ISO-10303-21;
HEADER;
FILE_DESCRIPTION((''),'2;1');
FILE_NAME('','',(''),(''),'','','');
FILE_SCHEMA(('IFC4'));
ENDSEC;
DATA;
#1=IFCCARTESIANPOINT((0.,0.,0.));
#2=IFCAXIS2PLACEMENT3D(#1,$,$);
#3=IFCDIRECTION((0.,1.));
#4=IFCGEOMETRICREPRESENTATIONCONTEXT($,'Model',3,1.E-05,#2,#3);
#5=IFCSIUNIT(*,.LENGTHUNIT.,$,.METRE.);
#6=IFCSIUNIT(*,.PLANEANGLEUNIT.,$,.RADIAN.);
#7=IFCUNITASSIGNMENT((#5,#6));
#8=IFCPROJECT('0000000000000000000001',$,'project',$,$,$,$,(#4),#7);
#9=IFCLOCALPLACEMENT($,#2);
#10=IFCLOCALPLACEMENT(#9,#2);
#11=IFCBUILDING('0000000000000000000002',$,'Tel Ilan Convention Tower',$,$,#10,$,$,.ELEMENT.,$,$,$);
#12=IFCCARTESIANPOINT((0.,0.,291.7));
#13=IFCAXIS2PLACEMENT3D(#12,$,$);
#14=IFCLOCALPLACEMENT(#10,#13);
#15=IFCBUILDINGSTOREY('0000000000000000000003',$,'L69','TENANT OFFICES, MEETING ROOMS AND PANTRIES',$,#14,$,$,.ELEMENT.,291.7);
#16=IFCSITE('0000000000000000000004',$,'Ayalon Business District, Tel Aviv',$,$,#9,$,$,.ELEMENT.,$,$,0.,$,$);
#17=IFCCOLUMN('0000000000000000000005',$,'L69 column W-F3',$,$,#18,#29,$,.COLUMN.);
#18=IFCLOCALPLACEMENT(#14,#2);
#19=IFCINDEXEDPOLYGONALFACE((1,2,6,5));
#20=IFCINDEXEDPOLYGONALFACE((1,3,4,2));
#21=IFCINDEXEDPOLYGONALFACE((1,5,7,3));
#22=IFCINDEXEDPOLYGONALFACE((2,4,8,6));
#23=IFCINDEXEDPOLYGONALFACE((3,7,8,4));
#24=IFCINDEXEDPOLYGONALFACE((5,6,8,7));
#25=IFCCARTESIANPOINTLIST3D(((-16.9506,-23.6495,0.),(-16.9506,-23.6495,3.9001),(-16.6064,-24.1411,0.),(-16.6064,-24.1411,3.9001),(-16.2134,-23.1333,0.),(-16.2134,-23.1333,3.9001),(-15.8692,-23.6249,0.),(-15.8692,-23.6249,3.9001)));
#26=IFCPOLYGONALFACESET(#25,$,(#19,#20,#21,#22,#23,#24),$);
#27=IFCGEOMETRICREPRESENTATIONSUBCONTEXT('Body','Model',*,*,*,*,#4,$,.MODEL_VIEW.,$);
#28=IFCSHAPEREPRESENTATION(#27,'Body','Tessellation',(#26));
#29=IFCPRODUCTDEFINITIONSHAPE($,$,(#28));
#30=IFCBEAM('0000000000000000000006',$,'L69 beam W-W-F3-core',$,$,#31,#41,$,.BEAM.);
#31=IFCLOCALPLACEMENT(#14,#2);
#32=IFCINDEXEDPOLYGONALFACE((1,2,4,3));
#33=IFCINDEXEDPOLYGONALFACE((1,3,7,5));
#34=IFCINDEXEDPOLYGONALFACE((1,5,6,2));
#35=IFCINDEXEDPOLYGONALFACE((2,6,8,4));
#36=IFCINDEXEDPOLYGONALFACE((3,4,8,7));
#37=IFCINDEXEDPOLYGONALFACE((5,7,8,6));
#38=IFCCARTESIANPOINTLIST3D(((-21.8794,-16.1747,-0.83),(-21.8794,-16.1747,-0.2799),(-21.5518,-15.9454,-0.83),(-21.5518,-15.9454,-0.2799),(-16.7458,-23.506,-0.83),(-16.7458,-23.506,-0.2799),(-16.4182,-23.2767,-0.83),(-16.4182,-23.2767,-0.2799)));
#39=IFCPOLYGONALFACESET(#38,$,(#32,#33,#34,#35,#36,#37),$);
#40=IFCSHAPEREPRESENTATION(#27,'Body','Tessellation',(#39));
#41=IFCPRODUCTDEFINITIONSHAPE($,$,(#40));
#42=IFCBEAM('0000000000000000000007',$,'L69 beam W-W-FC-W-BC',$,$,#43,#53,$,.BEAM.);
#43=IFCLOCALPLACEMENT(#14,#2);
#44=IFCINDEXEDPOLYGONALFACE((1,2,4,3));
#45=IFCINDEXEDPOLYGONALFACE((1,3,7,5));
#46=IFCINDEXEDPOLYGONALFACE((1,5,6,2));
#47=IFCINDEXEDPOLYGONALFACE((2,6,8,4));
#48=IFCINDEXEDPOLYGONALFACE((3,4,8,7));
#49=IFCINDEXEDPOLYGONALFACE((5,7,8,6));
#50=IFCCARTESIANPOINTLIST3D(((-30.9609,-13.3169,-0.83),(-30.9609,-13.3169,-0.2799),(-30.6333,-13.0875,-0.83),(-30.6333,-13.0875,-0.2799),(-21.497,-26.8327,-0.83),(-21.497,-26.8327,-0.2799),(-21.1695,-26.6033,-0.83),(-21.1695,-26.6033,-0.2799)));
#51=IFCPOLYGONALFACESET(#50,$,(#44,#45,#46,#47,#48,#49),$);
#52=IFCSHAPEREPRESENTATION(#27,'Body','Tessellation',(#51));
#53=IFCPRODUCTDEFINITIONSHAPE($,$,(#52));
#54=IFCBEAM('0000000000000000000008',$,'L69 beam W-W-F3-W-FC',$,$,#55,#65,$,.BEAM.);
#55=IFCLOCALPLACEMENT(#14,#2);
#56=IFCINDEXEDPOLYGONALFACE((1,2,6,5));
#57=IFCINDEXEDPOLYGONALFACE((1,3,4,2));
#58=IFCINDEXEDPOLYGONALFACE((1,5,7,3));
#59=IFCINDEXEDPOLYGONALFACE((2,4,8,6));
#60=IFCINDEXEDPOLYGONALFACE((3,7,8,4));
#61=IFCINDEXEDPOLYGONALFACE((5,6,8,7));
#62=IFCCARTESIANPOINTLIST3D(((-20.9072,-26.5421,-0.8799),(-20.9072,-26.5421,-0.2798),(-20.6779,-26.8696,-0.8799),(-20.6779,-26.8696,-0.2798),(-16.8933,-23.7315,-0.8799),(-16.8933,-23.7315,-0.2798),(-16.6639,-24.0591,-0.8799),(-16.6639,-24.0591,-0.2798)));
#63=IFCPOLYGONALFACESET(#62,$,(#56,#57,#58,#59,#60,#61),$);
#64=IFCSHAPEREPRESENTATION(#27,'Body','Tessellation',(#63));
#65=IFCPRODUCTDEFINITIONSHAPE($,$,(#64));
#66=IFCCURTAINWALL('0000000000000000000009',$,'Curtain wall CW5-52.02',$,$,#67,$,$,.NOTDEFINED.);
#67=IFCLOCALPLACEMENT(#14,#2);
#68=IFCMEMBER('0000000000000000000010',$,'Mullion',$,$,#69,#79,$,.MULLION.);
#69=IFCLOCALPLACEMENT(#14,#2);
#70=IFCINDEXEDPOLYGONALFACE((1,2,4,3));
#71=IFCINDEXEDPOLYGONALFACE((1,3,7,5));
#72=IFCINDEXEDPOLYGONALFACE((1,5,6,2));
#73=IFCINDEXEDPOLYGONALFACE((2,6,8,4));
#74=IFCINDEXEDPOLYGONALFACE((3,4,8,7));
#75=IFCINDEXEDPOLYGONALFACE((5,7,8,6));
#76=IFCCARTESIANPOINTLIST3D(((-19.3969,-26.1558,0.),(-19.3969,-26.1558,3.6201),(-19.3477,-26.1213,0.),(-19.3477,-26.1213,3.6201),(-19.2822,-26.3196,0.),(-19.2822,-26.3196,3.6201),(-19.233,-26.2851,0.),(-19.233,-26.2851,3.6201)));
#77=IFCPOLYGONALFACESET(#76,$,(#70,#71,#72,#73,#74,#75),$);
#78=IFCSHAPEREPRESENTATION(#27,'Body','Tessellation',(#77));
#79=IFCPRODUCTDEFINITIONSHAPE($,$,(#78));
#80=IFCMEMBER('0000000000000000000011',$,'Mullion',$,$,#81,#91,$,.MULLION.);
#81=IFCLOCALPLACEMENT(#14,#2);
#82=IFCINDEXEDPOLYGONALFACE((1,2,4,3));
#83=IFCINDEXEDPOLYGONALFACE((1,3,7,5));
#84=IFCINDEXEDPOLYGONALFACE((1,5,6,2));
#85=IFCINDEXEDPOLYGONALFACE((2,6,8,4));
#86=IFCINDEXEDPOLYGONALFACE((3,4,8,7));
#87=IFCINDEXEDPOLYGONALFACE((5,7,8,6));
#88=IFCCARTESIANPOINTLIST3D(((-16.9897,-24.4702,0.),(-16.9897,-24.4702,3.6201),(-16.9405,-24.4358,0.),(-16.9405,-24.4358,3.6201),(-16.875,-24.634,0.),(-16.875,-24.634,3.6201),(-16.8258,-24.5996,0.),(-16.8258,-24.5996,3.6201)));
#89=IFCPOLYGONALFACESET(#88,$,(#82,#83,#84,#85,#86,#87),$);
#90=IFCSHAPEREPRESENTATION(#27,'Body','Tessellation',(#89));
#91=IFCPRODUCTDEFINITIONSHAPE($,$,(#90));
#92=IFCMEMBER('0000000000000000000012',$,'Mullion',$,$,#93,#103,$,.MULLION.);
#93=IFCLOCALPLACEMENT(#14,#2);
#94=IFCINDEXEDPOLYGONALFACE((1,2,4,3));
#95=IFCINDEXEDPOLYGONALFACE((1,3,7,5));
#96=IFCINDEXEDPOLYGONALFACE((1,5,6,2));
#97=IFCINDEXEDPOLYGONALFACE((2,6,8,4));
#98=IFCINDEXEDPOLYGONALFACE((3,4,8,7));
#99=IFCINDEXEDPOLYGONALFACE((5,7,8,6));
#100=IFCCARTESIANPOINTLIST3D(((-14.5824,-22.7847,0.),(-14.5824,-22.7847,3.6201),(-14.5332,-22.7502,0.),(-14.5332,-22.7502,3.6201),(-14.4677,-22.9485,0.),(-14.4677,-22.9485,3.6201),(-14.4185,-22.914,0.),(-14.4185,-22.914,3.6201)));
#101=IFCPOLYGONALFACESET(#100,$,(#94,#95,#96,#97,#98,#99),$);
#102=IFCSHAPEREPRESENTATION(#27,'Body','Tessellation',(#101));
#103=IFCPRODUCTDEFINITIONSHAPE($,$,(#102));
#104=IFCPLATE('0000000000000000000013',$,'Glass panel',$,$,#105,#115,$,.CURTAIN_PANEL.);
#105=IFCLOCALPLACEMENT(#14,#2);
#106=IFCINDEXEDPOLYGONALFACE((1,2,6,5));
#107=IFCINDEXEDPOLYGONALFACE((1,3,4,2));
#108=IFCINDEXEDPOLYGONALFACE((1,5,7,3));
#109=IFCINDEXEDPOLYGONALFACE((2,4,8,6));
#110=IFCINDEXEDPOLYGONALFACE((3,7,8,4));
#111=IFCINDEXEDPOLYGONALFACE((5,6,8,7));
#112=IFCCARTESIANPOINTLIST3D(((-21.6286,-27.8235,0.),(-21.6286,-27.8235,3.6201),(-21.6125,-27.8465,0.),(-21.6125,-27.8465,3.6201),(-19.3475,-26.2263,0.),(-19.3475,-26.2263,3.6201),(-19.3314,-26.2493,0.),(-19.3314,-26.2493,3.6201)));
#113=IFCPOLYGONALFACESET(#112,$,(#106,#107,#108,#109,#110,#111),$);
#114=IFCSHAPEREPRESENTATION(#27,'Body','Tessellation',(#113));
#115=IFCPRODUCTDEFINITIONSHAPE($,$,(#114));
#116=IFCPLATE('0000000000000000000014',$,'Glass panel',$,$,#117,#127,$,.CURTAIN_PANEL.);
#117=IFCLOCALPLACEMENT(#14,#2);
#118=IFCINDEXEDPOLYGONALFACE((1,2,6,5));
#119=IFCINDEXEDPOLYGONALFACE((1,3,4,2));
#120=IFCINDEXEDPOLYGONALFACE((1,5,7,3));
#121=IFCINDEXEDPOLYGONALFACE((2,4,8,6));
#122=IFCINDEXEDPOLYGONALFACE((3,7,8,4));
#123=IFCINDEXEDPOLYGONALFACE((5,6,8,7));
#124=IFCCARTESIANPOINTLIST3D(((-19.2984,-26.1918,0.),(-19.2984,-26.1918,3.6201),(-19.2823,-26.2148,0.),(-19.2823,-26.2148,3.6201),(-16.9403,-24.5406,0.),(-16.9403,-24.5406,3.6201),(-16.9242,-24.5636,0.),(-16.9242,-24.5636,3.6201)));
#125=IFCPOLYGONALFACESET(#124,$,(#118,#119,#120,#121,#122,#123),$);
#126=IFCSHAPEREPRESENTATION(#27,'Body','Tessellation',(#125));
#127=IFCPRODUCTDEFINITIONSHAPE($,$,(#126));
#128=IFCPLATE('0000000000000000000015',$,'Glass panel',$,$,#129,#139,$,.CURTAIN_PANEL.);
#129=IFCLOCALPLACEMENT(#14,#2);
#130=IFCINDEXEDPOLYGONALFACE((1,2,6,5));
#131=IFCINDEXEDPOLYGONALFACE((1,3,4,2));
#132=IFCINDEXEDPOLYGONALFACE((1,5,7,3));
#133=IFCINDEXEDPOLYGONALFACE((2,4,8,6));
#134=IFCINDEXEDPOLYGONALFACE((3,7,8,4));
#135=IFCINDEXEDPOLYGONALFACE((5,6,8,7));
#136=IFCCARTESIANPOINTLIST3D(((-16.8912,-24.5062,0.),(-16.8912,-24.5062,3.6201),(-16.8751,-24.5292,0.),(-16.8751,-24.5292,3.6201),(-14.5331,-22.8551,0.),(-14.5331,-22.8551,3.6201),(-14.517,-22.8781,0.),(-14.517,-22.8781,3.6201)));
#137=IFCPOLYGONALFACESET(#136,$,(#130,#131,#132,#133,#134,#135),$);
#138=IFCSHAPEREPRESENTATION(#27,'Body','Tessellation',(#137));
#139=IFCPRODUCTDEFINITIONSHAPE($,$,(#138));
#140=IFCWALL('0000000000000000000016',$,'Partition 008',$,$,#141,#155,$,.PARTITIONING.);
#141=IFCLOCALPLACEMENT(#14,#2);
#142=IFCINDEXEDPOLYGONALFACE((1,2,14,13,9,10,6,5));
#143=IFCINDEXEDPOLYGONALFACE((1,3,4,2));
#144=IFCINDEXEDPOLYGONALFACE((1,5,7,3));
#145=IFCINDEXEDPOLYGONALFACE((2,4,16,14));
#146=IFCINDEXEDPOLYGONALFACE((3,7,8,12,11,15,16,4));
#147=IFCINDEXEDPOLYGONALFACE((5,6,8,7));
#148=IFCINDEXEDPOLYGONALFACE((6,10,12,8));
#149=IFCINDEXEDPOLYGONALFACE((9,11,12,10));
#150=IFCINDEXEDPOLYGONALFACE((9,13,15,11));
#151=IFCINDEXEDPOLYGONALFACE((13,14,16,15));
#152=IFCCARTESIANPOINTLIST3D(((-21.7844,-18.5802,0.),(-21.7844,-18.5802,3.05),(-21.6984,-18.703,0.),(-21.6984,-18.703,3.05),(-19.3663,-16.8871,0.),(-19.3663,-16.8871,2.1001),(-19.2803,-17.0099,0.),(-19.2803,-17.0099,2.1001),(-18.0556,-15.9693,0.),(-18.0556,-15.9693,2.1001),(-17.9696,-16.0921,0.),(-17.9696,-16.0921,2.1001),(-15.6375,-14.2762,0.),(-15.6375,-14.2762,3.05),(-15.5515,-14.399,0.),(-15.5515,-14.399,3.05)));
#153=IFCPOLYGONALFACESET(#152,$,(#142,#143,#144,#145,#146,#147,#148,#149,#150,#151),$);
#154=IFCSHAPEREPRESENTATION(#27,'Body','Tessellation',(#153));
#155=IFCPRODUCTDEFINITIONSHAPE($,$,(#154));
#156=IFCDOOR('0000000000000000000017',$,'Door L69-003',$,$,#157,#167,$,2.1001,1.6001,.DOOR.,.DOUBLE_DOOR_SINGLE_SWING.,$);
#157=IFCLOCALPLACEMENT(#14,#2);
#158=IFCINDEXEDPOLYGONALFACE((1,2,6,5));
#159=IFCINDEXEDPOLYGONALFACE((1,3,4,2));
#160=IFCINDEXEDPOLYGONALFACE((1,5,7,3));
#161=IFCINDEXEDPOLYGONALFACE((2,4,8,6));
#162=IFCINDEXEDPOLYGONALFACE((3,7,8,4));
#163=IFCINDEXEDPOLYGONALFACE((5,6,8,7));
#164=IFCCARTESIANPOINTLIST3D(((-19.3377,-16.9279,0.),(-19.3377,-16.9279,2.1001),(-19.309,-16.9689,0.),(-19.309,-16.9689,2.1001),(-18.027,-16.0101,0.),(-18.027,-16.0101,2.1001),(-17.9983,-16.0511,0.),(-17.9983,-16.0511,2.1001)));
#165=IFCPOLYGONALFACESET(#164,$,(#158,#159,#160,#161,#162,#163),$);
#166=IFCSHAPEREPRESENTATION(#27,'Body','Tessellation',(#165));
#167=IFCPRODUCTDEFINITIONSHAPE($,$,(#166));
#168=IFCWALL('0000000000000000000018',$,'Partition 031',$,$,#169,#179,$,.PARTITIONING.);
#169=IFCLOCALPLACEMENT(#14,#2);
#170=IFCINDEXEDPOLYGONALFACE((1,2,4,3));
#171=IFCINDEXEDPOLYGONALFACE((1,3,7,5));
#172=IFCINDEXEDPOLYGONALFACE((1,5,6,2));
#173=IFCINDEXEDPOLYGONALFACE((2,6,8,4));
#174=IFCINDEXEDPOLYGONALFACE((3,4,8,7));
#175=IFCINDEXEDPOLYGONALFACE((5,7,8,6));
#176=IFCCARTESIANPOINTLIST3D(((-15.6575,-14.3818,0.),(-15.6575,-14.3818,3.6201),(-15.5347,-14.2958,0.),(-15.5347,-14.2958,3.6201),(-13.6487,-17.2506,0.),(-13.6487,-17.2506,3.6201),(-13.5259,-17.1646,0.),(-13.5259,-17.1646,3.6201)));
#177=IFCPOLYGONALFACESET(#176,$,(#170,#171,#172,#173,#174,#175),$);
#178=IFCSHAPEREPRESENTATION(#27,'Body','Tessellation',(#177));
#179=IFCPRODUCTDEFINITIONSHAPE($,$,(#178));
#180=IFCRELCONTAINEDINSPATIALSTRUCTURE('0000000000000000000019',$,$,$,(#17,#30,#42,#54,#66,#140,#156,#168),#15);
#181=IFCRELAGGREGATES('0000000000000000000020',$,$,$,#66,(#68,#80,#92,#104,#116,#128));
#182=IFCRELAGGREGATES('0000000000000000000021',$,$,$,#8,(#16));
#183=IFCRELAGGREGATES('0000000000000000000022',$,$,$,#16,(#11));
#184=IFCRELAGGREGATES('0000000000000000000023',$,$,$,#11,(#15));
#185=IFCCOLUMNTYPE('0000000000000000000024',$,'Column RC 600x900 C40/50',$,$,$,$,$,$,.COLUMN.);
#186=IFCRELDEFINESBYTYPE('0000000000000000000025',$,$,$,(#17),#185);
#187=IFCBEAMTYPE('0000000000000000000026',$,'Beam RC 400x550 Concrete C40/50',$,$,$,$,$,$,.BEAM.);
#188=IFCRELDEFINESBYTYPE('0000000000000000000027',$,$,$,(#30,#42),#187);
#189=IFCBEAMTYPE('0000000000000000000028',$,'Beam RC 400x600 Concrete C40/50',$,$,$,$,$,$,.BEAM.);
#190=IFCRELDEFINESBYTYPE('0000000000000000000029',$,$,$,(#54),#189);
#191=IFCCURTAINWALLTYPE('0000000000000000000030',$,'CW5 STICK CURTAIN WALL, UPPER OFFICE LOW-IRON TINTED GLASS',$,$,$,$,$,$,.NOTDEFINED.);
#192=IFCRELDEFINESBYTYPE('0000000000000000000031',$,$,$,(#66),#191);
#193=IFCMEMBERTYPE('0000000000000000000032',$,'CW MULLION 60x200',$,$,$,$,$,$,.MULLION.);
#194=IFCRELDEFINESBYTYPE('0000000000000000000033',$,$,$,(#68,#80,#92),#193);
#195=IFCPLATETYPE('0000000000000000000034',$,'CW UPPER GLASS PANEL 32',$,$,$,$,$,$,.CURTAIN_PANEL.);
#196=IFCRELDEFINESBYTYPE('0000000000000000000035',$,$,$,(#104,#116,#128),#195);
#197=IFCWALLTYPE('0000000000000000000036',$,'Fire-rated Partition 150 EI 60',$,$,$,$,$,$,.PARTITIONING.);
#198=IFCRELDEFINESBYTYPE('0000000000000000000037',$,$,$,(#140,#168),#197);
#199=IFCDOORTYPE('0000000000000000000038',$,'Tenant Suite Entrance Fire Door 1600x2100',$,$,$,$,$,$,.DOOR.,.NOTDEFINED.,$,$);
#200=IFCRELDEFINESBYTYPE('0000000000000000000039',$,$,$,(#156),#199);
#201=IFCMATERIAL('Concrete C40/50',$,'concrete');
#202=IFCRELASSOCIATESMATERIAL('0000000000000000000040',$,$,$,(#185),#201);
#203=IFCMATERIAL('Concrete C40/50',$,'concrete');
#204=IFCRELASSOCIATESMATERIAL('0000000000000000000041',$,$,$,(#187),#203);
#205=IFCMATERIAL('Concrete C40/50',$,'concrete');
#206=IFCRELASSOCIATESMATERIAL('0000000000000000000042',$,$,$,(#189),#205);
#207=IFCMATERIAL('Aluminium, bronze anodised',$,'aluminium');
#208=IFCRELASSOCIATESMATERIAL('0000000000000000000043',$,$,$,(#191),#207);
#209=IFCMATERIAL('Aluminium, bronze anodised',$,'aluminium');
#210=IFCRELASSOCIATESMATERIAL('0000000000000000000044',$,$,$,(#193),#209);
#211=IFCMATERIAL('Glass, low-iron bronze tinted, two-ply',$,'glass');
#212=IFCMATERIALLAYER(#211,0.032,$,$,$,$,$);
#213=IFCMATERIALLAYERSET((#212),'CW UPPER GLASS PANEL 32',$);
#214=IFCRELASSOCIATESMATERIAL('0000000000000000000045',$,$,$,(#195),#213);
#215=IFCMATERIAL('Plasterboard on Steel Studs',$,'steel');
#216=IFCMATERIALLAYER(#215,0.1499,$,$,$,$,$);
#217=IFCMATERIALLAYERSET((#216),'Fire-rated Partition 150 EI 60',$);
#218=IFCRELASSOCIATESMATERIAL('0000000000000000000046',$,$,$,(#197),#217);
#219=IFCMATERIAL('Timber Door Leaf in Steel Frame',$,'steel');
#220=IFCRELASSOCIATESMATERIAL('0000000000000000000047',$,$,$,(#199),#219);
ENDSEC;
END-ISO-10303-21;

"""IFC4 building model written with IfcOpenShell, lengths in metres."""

from ifc_helpers import new_model, si_unit, direction, frame, frame_2d, origin, origin_2d, place, context, subcontext, project, spatial, rectangle, extrude, material, layer, layer_set, material_profile, profile_set, type_object, element, fill, aggregate, save


model = new_model("IFC4")

# Units and contexts
model_context = context("Model", 3, precision=1e-05, world=origin(), true_north=direction((0.0, 1.0)))
body_context = subcontext(model_context, "Body", "Model", "MODEL_VIEW")
ifc_project = project(units=[si_unit("LENGTHUNIT", "METRE"), si_unit("PLANEANGLEUNIT", "RADIAN")], contexts=[model_context])

# Site, building, storey
site_placement = place(None, origin())
site = spatial("IfcSite", under=ifc_project, at=site_placement, Name="Ayalon Business District, Tel Aviv", CompositionType="ELEMENT", RefElevation=0.0)
building_placement = place(site_placement, origin())
building = spatial("IfcBuilding", under=site, at=building_placement, Name="Tel Ilan Convention Tower", CompositionType="ELEMENT")
storey_placement = place(building_placement, frame((0.0, 0.0, 291.7)))
storey = spatial("IfcBuildingStorey", under=building, at=storey_placement, Name="L69", Description="TENANT OFFICES, MEETING ROOMS AND PANTRIES", CompositionType="ELEMENT", Elevation=291.7)

# Column
ifc_material_1 = material(Name="Concrete C40/50", Category="concrete")
ifc_material_profile_1 = material_profile(ifc_material_1, rectangle(XDim=0.8999, YDim=0.6001, at=origin_2d()), Name="RC 600x900")
ifc_profile_set_1 = profile_set([ifc_material_profile_1], Name="Concrete C40/50")
column_type = type_object("IfcColumnType", Name="Column RC 600x900 C40/50", PredefinedType="COLUMN", material=ifc_profile_set_1)
column_1_placement = place(storey_placement, frame((-16.4099, -23.6372, 0.0), z_axis=(0.0, 0.0, 1.0), x_axis=(-0.819152, -0.573576, 0.0)))
element("IfcColumn", 1, at=column_1_placement, inside=storey, type_object=column_type, Name="L69 column W-F3", PredefinedType="COLUMN", context=body_context, shape_type="SweptSolid", body=[
    extrude(rectangle(XDim=0.8999, YDim=0.6001, at=origin_2d()), origin(), (0.0, 0.0, 1.0), 3.9001),
])

# Beams
ifc_material_2 = material(Name="Concrete C40/50", Category="concrete")
ifc_material_profile_2 = material_profile(ifc_material_2, rectangle(XDim=0.3999, YDim=0.55, at=origin_2d()), Name="RC 400x550")
ifc_profile_set_2 = profile_set([ifc_material_profile_2], Name="Concrete C40/50")
beam_type_1 = type_object("IfcBeamType", Name="Beam RC 400x550 Concrete C40/50", PredefinedType="BEAM", material=ifc_profile_set_2)
beam_1_placement = place(storey_placement, frame((-16.582, -23.3914, -0.5549), z_axis=(-0.573585, 0.819146, 0.0), x_axis=(-0.819146, -0.573585, 0.0)))
element("IfcBeam", 2, at=beam_1_placement, inside=storey, type_object=beam_type_1, Name="L69 beam W-W-F3-core", PredefinedType="BEAM", context=body_context, shape_type="SweptSolid", body=[
    extrude(rectangle(XDim=0.3999, YDim=0.55, at=origin_2d()), origin(), (0.0, 0.0, 1.0), 8.95),
])
beam_2_placement = place(storey_placement, frame((-21.3333, -26.718, -0.5549), z_axis=(-0.573575, 0.819153, 0.0), x_axis=(-0.819153, -0.573575, 0.0)))
element("IfcBeam", 3, at=beam_2_placement, inside=storey, type_object=beam_type_1, Name="L69 beam W-W-FC-W-BC", PredefinedType="BEAM", context=body_context, shape_type="SweptSolid", body=[
    extrude(rectangle(XDim=0.3999, YDim=0.55, at=origin_2d()), origin(), (0.0, 0.0, 1.0), 16.4998),
])
ifc_material_3 = material(Name="Concrete C40/50", Category="concrete")
ifc_material_profile_3 = material_profile(ifc_material_3, rectangle(XDim=0.3999, YDim=0.6001, at=origin_2d()), Name="RC 400x600")
ifc_profile_set_3 = profile_set([ifc_material_profile_3], Name="Concrete C40/50")
beam_type_2 = type_object("IfcBeamType", Name="Beam RC 400x600 Concrete C40/50", PredefinedType="BEAM", material=ifc_profile_set_3)
beam_3_placement = place(storey_placement, frame((-16.7786, -23.8953, -0.5798), z_axis=(-0.819155, -0.573573, 0.0), x_axis=(0.573573, -0.819155, 0.0)))
element("IfcBeam", 4, at=beam_3_placement, inside=storey, type_object=beam_type_2, Name="L69 beam W-W-F3-W-FC", PredefinedType="BEAM", context=body_context, shape_type="SweptSolid", body=[
    extrude(rectangle(XDim=0.3999, YDim=0.6001, at=origin_2d()), origin(), (0.0, 0.0, 1.0), 4.9001),
])

# Curtain wall, members, plates
ifc_material_4 = material(Name="Aluminium, bronze anodised", Category="aluminium")
curtain_wall_type = type_object("IfcCurtainWallType", Name="CW5 STICK CURTAIN WALL, UPPER OFFICE LOW-IRON TINTED GLASS", PredefinedType="NOTDEFINED", material=ifc_material_4)
curtain_wall_placement = place(storey_placement, origin())
curtain_wall = element("IfcCurtainWall", 5, at=curtain_wall_placement, inside=storey, type_object=curtain_wall_type, Name="Curtain wall CW5-52.02", PredefinedType="NOTDEFINED")
ifc_material_5 = material(Name="Aluminium, bronze anodised", Category="aluminium")
ifc_material_profile_4 = material_profile(ifc_material_5, rectangle(XDim=0.0601, YDim=0.2, at=origin_2d()), Name="CW MULLION 60x200")
ifc_profile_set_4 = profile_set([ifc_material_profile_4], Name="Aluminium, bronze anodised")
member_type = type_object("IfcMemberType", Name="CW MULLION 60x200", PredefinedType="MULLION", material=ifc_profile_set_4)
member_1_placement = place(storey_placement, frame((-19.3149, -26.2205, 0.0), z_axis=(0.0, 0.0, 1.0), x_axis=(0.819152, 0.573576, 0.0)))
member_1 = element("IfcMember", 6, at=member_1_placement, type_object=member_type, Name="Mullion", PredefinedType="MULLION", context=body_context, shape_type="SweptSolid", body=[
    extrude(rectangle(XDim=0.0601, YDim=0.2, at=origin_2d()), origin(), (0.0, 0.0, 1.0), 3.6201),
])
member_2_placement = place(storey_placement, frame((-16.9077, -24.5349, 0.0), z_axis=(0.0, 0.0, 1.0), x_axis=(0.819152, 0.573576, 0.0)))
member_2 = element("IfcMember", 7, at=member_2_placement, type_object=member_type, Name="Mullion", PredefinedType="MULLION", context=body_context, shape_type="SweptSolid", body=[
    extrude(rectangle(XDim=0.0601, YDim=0.2, at=origin_2d()), origin(), (0.0, 0.0, 1.0), 3.6201),
])
member_3_placement = place(storey_placement, frame((-14.5005, -22.8494, 0.0), z_axis=(0.0, 0.0, 1.0), x_axis=(0.819152, 0.573576, 0.0)))
member_3 = element("IfcMember", 8, at=member_3_placement, type_object=member_type, Name="Mullion", PredefinedType="MULLION", context=body_context, shape_type="SweptSolid", body=[
    extrude(rectangle(XDim=0.0601, YDim=0.2, at=origin_2d()), origin(), (0.0, 0.0, 1.0), 3.6201),
])
ifc_material_6 = material(Name="Glass, low-iron bronze tinted, two-ply", Category="glass")
ifc_layer_1 = layer(ifc_material_6, 0.032)
ifc_layer_set_1 = layer_set([ifc_layer_1], Name="CW UPPER GLASS PANEL 32")
plate_type = type_object("IfcPlateType", Name="CW UPPER GLASS PANEL 32", PredefinedType="CURTAIN_PANEL", material=ifc_layer_set_1)
plate_1_placement = place(storey_placement, frame((-20.48, -27.0364, 0.0), z_axis=(0.0, 0.0, 1.0), x_axis=(0.819152, 0.573576, 0.0)))
plate_1 = element("IfcPlate", 9, at=plate_1_placement, type_object=plate_type, Name="Glass panel", PredefinedType="CURTAIN_PANEL", context=body_context, shape_type="SweptSolid", body=[
    extrude(rectangle(XDim=2.7847, YDim=0.0281, at=origin_2d()), origin(), (0.0, 0.0, 1.0), 3.6201),
])
plate_2_placement = place(storey_placement, frame((-18.1113, -25.3777, 0.0), z_axis=(0.0, 0.0, 1.0), x_axis=(0.819152, 0.573576, 0.0)))
plate_2 = element("IfcPlate", 10, at=plate_2_placement, type_object=plate_type, Name="Glass panel", PredefinedType="CURTAIN_PANEL", context=body_context, shape_type="SweptSolid", body=[
    extrude(rectangle(XDim=2.8787, YDim=0.0281, at=origin_2d()), origin(), (0.0, 0.0, 1.0), 3.6201),
])
plate_3_placement = place(storey_placement, frame((-15.7041, -23.6921, 0.0), z_axis=(0.0, 0.0, 1.0), x_axis=(0.819152, 0.573576, 0.0)))
plate_3 = element("IfcPlate", 11, at=plate_3_placement, type_object=plate_type, Name="Glass panel", PredefinedType="CURTAIN_PANEL", context=body_context, shape_type="SweptSolid", body=[
    extrude(rectangle(XDim=2.8787, YDim=0.0281, at=origin_2d()), origin(), (0.0, 0.0, 1.0), 3.6201),
])
aggregate(curtain_wall, [member_1, member_2, member_3, plate_1, plate_2, plate_3])

# Wall, opening, door
ifc_material_7 = material(Name="Plasterboard on Steel Studs", Category="steel")
ifc_layer_2 = layer(ifc_material_7, 0.1499)
ifc_layer_set_2 = layer_set([ifc_layer_2], Name="Fire-rated Partition 150 EI 60")
wall_type_1 = type_object("IfcWallType", Name="Fire-rated Partition 150 EI 60", PredefinedType="PARTITIONING", material=ifc_layer_set_2)
wall_1_placement = place(storey_placement, frame((-15.5945, -14.3376, 0.0), z_axis=(0.0, 0.0, 1.0), x_axis=(-0.819165, -0.573558, 0.0)))
wall_1 = element("IfcWall", 12, at=wall_1_placement, inside=storey, type_object=wall_type_1, Name="Partition 008", PredefinedType="PARTITIONING", context=body_context, shape_type="SweptSolid", body=[
    extrude(rectangle(XDim=7.5039, YDim=0.1499, at=frame_2d((3.752, 0.0))), origin(), (0.0, 0.0, 1.0), 3.05),
])
opening_1_placement = place(wall_1_placement, frame((2.9519, 0.0, 0.0)))
opening_1 = element("IfcOpeningElement", 13, at=opening_1_placement, cuts=wall_1, PredefinedType="OPENING", context=body_context, shape_type="SweptSolid", body=[
    extrude(rectangle(XDim=1.6001, YDim=2.1001, at=frame_2d((0.8, 1.05))), frame((0.0, 0.085, 0.0), z_axis=(0.0, -1.0, 0.0), x_axis=(1.0, 0.0, 0.0)), (0.0, 0.0, 1.0), 0.1699),
])
ifc_material_8 = material(Name="Timber Door Leaf in Steel Frame", Category="steel")
door_type_1 = type_object("IfcDoorType", Name="Tenant Suite Entrance Fire Door 1600x2100", OperationType="NOTDEFINED", PredefinedType="DOOR", material=ifc_material_8)
door_1_placement = place(opening_1_placement, origin())
door_1 = element("IfcDoor", 14, at=door_1_placement, inside=storey, type_object=door_type_1, Name="Door L69-003", OperationType="DOUBLE_DOOR_SINGLE_SWING", OverallHeight=2.1001, OverallWidth=1.6001, PredefinedType="DOOR", context=body_context, shape_type="SweptSolid", body=[
    extrude(rectangle(XDim=1.6001, YDim=2.1001, at=frame_2d((0.8, 1.05))), frame((0.0, 0.0249, 0.0), z_axis=(0.0, -1.0, 0.0), x_axis=(1.0, 0.0, 0.0)), (0.0, 0.0, 1.0), 0.05),
])
fill(opening_1, door_1)

# Wall
wall_2_placement = place(storey_placement, frame((-13.5874, -17.2075, 0.0), z_axis=(0.0, 0.0, 1.0), x_axis=(-0.57357, 0.819157, 0.0)))
element("IfcWall", 15, at=wall_2_placement, inside=storey, type_object=wall_type_1, Name="Partition 031", PredefinedType="PARTITIONING", context=body_context, shape_type="SweptSolid", body=[
    extrude(rectangle(XDim=3.5022, YDim=0.1499, at=frame_2d((1.751, 0.0))), origin(), (0.0, 0.0, 1.0), 3.6201),
])

save(model, "model.ifc")
